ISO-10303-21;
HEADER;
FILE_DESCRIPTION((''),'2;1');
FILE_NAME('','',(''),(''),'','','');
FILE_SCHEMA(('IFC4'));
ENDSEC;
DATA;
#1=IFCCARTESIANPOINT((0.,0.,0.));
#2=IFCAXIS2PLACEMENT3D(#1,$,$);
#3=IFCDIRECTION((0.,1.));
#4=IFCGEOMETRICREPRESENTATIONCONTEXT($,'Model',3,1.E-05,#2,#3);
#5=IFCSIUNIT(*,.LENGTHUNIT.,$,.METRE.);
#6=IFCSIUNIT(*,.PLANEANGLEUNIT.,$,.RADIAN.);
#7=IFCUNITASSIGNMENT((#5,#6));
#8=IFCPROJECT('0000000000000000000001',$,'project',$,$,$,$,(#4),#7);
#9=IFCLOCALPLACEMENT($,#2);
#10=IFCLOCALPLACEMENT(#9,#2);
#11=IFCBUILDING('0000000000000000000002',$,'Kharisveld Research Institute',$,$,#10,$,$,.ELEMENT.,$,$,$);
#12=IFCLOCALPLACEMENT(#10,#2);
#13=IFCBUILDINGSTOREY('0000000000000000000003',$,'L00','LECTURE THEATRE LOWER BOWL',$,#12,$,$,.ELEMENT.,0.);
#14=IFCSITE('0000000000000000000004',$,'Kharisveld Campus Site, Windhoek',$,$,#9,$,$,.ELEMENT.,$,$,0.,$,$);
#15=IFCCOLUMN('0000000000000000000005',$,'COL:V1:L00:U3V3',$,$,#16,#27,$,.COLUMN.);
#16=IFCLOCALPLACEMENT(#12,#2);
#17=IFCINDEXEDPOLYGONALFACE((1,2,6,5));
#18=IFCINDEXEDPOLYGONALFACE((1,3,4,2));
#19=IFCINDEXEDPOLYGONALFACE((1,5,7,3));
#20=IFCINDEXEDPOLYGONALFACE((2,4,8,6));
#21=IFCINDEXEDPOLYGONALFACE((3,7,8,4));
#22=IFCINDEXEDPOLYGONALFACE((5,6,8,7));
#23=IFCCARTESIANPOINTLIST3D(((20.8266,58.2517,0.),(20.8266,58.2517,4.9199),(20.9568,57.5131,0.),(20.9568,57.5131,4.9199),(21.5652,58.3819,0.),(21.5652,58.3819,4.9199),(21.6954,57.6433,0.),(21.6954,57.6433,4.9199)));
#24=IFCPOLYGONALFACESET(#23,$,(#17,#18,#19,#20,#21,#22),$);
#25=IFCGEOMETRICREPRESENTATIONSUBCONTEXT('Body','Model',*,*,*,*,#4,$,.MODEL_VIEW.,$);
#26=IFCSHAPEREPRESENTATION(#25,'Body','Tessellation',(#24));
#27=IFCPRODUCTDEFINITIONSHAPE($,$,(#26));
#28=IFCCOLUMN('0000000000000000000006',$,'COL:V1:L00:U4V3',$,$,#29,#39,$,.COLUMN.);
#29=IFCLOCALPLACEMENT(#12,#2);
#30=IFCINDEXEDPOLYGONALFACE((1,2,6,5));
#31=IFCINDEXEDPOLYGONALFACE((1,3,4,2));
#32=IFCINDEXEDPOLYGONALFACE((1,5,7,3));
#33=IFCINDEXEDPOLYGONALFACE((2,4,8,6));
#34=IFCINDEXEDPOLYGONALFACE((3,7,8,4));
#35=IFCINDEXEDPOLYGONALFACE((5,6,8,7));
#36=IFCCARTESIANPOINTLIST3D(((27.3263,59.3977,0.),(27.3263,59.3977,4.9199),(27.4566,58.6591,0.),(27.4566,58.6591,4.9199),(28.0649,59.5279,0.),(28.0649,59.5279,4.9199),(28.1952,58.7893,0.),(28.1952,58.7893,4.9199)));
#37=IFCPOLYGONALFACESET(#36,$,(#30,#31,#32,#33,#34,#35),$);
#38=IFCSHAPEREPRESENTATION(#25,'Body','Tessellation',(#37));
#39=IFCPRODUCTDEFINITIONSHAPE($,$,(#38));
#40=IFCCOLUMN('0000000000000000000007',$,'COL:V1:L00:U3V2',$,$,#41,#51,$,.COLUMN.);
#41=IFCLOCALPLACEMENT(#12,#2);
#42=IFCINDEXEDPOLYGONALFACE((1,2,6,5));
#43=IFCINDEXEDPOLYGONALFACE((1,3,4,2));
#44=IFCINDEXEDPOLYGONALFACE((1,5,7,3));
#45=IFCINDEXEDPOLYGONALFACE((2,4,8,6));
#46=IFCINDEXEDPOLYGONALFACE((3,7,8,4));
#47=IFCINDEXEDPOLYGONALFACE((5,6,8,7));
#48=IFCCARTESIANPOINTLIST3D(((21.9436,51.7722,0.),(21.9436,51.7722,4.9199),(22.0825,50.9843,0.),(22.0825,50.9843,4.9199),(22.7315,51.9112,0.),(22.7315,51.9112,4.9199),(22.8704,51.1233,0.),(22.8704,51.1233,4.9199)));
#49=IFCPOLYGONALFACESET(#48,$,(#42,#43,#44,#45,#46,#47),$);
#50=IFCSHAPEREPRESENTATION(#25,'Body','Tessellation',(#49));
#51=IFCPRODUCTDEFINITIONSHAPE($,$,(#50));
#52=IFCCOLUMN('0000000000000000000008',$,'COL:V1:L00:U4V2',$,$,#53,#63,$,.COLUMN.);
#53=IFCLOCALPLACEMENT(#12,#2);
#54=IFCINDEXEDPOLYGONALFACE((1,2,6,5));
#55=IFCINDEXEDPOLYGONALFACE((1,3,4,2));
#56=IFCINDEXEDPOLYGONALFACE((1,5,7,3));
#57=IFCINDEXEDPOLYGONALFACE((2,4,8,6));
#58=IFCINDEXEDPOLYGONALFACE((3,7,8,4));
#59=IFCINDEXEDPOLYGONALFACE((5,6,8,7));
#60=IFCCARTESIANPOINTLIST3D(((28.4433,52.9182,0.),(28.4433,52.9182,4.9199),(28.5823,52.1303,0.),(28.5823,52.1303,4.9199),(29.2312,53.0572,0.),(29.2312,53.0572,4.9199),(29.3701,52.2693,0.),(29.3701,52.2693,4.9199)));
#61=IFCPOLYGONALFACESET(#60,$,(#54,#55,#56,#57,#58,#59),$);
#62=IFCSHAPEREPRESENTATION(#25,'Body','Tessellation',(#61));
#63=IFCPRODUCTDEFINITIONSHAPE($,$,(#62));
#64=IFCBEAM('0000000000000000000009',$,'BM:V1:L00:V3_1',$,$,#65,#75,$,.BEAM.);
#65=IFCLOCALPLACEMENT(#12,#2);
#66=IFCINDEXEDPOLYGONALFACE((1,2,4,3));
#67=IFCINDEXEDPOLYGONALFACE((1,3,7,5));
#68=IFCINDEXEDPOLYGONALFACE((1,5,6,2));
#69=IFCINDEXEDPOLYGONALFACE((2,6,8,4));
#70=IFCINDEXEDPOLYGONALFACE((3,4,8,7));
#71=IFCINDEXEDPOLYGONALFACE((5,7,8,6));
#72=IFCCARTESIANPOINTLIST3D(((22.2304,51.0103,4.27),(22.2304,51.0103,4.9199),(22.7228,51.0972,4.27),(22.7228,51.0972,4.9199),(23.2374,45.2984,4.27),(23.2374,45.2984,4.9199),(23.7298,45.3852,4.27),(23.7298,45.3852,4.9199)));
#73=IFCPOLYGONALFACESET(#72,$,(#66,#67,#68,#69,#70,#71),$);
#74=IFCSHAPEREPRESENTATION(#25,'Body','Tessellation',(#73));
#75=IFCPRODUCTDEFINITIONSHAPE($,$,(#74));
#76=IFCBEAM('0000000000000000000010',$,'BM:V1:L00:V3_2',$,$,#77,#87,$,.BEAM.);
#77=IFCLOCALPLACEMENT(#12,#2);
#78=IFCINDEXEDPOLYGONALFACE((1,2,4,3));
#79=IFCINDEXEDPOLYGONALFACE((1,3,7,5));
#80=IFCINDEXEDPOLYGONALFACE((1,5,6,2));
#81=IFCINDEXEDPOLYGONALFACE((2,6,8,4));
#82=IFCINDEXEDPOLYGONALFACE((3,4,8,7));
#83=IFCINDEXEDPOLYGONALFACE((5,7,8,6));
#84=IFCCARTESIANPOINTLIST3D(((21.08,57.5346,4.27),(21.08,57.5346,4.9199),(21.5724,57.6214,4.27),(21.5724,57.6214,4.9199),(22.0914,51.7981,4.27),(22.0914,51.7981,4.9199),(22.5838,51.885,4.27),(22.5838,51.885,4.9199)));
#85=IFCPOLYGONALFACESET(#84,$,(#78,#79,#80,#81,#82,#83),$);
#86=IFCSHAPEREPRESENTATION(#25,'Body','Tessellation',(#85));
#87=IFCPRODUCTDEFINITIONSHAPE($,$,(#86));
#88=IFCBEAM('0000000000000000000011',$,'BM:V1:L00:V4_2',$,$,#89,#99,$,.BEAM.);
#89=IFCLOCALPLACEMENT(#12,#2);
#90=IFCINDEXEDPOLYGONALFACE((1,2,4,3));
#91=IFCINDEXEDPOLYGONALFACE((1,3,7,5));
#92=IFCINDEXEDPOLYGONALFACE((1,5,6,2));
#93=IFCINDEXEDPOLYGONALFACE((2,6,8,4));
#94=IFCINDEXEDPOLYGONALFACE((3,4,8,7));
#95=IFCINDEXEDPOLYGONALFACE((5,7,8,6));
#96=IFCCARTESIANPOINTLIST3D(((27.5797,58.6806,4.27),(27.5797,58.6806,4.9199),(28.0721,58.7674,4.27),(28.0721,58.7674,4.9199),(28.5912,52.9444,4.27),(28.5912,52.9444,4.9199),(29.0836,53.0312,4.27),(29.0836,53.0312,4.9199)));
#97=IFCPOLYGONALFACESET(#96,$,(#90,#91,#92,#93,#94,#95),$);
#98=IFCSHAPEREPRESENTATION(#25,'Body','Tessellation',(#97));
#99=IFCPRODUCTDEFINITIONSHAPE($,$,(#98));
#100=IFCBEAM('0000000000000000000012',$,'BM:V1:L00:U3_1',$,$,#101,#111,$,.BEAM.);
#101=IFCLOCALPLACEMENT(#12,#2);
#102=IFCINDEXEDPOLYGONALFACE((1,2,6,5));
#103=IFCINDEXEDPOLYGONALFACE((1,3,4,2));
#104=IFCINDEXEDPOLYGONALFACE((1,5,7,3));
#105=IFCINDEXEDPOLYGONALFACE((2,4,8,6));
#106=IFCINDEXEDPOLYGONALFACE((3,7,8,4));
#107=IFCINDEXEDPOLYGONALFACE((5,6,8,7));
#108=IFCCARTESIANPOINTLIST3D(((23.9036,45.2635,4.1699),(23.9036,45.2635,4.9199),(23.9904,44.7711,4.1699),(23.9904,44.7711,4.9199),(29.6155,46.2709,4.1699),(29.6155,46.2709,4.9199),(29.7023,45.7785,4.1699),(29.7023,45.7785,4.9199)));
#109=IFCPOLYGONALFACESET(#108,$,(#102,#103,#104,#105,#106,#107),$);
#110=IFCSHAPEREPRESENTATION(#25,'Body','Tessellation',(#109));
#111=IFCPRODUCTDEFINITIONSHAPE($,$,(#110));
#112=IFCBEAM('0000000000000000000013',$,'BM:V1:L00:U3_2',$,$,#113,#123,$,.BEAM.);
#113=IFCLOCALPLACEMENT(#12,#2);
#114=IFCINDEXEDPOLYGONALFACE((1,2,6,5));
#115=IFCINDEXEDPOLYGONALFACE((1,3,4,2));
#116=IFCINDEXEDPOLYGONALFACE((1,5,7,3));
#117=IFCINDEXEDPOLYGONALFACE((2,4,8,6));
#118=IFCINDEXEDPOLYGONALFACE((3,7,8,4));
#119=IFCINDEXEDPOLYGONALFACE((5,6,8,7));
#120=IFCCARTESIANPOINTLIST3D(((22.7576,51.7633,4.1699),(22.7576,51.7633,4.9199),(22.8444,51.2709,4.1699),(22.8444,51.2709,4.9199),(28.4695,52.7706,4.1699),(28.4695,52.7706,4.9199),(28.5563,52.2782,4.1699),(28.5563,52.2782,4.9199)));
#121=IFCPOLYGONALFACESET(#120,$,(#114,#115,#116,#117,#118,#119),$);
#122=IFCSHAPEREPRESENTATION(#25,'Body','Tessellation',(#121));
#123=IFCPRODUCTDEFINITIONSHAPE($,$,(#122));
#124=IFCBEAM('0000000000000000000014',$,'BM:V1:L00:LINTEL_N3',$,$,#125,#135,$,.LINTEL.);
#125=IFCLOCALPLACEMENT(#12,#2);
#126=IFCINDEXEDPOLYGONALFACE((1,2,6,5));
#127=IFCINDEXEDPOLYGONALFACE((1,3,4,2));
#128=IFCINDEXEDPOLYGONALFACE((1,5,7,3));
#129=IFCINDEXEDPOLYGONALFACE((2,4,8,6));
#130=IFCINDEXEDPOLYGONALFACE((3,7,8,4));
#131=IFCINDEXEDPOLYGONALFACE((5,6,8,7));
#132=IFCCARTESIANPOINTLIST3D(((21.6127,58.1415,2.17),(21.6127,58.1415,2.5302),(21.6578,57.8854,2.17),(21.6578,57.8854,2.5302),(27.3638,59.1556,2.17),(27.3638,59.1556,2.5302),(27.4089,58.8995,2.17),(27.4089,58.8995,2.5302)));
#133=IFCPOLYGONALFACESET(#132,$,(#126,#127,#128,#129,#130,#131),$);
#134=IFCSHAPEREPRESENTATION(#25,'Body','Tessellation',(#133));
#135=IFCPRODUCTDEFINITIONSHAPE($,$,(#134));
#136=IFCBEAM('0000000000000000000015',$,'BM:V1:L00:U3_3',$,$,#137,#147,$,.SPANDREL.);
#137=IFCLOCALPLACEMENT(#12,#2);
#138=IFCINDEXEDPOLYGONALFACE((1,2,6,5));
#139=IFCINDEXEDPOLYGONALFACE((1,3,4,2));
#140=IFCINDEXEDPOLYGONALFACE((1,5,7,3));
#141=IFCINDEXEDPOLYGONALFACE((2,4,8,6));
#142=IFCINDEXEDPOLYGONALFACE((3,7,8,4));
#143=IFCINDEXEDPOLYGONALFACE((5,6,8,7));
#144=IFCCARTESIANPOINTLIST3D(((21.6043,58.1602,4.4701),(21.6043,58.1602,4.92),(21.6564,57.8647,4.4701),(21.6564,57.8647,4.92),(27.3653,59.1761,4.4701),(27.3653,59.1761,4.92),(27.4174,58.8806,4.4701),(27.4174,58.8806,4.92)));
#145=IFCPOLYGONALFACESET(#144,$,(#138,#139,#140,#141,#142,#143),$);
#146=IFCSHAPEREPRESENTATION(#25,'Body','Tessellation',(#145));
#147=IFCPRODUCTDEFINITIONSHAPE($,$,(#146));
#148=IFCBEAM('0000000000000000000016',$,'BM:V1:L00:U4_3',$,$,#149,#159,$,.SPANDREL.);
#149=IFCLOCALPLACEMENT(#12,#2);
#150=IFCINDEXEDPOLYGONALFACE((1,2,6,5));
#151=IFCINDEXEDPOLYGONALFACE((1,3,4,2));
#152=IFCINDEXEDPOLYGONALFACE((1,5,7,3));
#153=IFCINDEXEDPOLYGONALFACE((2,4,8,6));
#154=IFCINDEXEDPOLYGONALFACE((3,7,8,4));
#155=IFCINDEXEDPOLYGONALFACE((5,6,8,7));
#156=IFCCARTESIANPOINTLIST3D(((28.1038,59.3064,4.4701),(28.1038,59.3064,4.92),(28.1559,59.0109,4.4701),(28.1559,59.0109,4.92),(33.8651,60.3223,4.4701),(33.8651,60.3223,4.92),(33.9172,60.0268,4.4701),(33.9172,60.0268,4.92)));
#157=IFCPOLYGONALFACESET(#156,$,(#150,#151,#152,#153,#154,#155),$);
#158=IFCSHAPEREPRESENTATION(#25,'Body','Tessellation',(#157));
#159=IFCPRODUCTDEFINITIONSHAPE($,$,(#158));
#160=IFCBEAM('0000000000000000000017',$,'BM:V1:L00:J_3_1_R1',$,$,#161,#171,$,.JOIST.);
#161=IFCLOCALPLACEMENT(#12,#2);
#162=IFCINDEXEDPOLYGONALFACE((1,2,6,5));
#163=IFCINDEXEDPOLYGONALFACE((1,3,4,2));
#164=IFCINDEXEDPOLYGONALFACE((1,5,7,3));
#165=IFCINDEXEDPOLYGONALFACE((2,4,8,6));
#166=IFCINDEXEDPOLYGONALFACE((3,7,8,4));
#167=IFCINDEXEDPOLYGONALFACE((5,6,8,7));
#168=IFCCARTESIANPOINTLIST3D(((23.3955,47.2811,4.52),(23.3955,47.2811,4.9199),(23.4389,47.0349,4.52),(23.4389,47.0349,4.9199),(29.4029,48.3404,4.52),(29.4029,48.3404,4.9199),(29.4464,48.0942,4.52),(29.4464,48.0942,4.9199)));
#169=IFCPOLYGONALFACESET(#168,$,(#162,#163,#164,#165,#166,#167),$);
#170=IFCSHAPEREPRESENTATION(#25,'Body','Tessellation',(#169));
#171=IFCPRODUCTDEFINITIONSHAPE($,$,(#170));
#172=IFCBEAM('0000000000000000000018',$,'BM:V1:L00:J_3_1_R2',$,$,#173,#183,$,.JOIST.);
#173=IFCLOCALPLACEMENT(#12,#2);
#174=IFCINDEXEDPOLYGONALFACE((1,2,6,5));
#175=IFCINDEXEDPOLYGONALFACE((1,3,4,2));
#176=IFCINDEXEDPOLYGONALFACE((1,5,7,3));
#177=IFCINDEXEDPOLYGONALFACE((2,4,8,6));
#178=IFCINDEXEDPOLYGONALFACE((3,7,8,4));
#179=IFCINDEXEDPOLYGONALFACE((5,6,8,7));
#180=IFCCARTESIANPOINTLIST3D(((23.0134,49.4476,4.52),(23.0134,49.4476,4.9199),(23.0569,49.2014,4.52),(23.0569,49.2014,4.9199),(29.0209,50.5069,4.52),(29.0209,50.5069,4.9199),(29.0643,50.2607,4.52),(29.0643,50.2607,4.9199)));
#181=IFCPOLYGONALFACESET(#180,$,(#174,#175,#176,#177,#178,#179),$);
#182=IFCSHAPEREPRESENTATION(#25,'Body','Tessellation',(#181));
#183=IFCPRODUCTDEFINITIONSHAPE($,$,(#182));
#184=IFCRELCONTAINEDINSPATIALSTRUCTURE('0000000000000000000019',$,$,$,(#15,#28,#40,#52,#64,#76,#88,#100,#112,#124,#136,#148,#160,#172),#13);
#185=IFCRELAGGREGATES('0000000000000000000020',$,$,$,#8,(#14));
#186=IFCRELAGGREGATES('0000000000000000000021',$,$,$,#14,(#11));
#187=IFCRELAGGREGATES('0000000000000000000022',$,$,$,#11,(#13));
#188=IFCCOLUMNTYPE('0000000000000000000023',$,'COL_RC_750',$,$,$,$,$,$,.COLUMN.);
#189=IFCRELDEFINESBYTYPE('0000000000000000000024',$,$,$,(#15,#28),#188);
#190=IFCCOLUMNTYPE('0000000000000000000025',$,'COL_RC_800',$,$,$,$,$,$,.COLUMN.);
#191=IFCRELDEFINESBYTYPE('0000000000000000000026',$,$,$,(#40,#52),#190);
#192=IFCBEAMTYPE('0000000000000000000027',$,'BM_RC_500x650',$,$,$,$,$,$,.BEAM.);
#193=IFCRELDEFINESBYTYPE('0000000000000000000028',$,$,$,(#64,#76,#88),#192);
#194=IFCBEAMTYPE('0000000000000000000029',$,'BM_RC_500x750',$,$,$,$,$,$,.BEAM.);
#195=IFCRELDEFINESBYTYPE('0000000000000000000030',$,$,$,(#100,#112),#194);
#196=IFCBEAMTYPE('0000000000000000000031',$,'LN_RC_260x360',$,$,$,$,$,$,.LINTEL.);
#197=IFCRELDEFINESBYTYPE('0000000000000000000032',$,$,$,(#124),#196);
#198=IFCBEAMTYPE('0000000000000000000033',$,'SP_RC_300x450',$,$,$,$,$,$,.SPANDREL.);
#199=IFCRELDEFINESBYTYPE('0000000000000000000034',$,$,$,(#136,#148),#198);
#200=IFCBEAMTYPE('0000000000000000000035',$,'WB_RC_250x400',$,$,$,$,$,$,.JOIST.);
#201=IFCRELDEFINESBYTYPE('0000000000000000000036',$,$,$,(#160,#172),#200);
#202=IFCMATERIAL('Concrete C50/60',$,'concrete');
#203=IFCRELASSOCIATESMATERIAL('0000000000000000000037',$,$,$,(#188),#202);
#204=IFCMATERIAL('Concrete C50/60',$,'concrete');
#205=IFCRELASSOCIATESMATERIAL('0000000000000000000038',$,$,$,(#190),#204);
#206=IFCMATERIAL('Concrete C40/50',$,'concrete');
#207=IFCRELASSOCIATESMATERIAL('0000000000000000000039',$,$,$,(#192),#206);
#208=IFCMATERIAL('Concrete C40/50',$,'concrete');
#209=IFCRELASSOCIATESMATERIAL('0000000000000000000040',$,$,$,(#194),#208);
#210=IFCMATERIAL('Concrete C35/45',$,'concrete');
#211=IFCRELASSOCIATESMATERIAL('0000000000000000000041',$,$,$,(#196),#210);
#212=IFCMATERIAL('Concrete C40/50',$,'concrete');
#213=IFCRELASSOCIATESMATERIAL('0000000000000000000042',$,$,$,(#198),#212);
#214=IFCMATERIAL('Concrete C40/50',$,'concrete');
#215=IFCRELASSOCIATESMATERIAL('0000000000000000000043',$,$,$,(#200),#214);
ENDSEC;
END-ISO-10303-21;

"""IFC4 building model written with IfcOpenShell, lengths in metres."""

from ifc_helpers import new_model, si_unit, direction, frame, origin, origin_2d, place, context, subcontext, project, spatial, rectangle, extrude, material, material_profile, profile_set, type_object, element, save


model = new_model("IFC4")

# Units and contexts
model_context = context("Model", 3, precision=1e-05, world=origin(), true_north=direction((0.0, 1.0)))
body_context = subcontext(model_context, "Body", "Model", "MODEL_VIEW")
ifc_project = project(units=[si_unit("LENGTHUNIT", "METRE"), si_unit("PLANEANGLEUNIT", "RADIAN")], contexts=[model_context])

# Site, building, storey
site_placement = place(None, origin())
site = spatial("IfcSite", under=ifc_project, at=site_placement, Name="Kharisveld Campus Site, Windhoek", CompositionType="ELEMENT", RefElevation=0.0)
building_placement = place(site_placement, origin())
building = spatial("IfcBuilding", under=site, at=building_placement, Name="Kharisveld Research Institute", CompositionType="ELEMENT")
storey_placement = place(building_placement, origin())
storey = spatial("IfcBuildingStorey", under=building, at=storey_placement, Name="L00", Description="LECTURE THEATRE LOWER BOWL", CompositionType="ELEMENT", Elevation=0.0)

# Columns
ifc_material_1 = material(Name="Concrete C50/60", Category="concrete")
ifc_material_profile_1 = material_profile(ifc_material_1, rectangle(XDim=0.75, YDim=0.75, at=origin_2d()))
ifc_profile_set_1 = profile_set([ifc_material_profile_1], Name="Concrete C50/60")
column_type_1 = type_object("IfcColumnType", Name="COL_RC_750", PredefinedType="COLUMN", material=ifc_profile_set_1)
for number, where, z_axis, x_axis, name in (
    (1, (21.261, 57.9475, 0.0), (0.0, 0.0, 1.0), (0.984808, 0.173648, 0.0), "COL:V1:L00:U3V3"),
    (2, (27.7607, 59.0935, 0.0), (0.0, 0.0, 1.0), (0.984808, 0.173648, 0.0), "COL:V1:L00:U4V3"),
):
    element("IfcColumn", number, at=place(storey_placement, frame(where, z_axis=z_axis, x_axis=x_axis)), inside=storey, type_object=column_type_1, Name=name, PredefinedType="COLUMN", context=body_context, shape_type="SweptSolid", body=[
        extrude(rectangle(XDim=0.75, YDim=0.75, at=origin_2d()), origin(), (0.0, 0.0, 1.0), 4.9199),
    ])
ifc_material_2 = material(Name="Concrete C50/60", Category="concrete")
ifc_material_profile_2 = material_profile(ifc_material_2, rectangle(XDim=0.8, YDim=0.8, at=origin_2d()))
ifc_profile_set_2 = profile_set([ifc_material_profile_2], Name="Concrete C50/60")
column_type_2 = type_object("IfcColumnType", Name="COL_RC_800", PredefinedType="COLUMN", material=ifc_profile_set_2)
for number, where, z_axis, x_axis, name in (
    (3, (22.407, 51.4478, 0.0), (0.0, 0.0, 1.0), (0.984808, 0.173648, 0.0), "COL:V1:L00:U3V2"),
    (4, (28.9067, 52.5938, 0.0), (0.0, 0.0, 1.0), (0.984808, 0.173648, 0.0), "COL:V1:L00:U4V2"),
):
    element("IfcColumn", number, at=place(storey_placement, frame(where, z_axis=z_axis, x_axis=x_axis)), inside=storey, type_object=column_type_2, Name=name, PredefinedType="COLUMN", context=body_context, shape_type="SweptSolid", body=[
        extrude(rectangle(XDim=0.8, YDim=0.8, at=origin_2d()), origin(), (0.0, 0.0, 1.0), 4.9199),
    ])

# Beams
ifc_material_3 = material(Name="Concrete C40/50", Category="concrete")
ifc_material_profile_3 = material_profile(ifc_material_3, rectangle(XDim=0.5, YDim=0.6499, at=origin_2d()))
ifc_profile_set_3 = profile_set([ifc_material_profile_3], Name="Concrete C40/50")
beam_type_1 = type_object("IfcBeamType", Name="BM_RC_500x650", PredefinedType="BEAM", material=ifc_profile_set_3)
beam_1_placement = place(storey_placement, frame((23.4836, 45.3418, 4.595), z_axis=(-0.173634, 0.98481, 0.0), x_axis=(-0.98481, -0.173634, 0.0)))
element("IfcBeam", 5, at=beam_1_placement, inside=storey, type_object=beam_type_1, Name="BM:V1:L00:V3_1", PredefinedType="BEAM", context=body_context, shape_type="SweptSolid", body=[
    extrude(rectangle(XDim=0.5, YDim=0.6499, at=origin_2d()), origin(), (0.0, 0.0, 1.0), 5.8),
])
beam_2_placement = place(storey_placement, frame((22.3376, 51.8416, 4.595), z_axis=(-0.173642, 0.984809, 0.0), x_axis=(-0.984809, -0.173642, 0.0)))
element("IfcBeam", 6, at=beam_2_placement, inside=storey, type_object=beam_type_1, Name="BM:V1:L00:V3_2", PredefinedType="BEAM", context=body_context, shape_type="SweptSolid", body=[
    extrude(rectangle(XDim=0.5, YDim=0.6499, at=origin_2d()), origin(), (0.0, 0.0, 1.0), 5.825),
])
beam_3_placement = place(storey_placement, frame((28.8374, 52.9878, 4.595), z_axis=(-0.173649, 0.984808, 0.0), x_axis=(-0.984808, -0.173649, 0.0)))
element("IfcBeam", 7, at=beam_3_placement, inside=storey, type_object=beam_type_1, Name="BM:V1:L00:V4_2", PredefinedType="BEAM", context=body_context, shape_type="SweptSolid", body=[
    extrude(rectangle(XDim=0.5, YDim=0.6499, at=origin_2d()), origin(), (0.0, 0.0, 1.0), 5.8247),
])
ifc_material_4 = material(Name="Concrete C40/50", Category="concrete")
ifc_material_profile_4 = material_profile(ifc_material_4, rectangle(XDim=0.5, YDim=0.75, at=origin_2d()))
ifc_profile_set_4 = profile_set([ifc_material_profile_4], Name="Concrete C40/50")
beam_type_2 = type_object("IfcBeamType", Name="BM_RC_500x750", PredefinedType="BEAM", material=ifc_profile_set_4)
for number, where, z_axis, x_axis, name in (
    (8, (23.947, 45.0173, 4.5449), (0.984803, 0.173675, 0.0), (-0.173675, 0.984803, 0.0), "BM:V1:L00:U3_1"),
    (9, (22.801, 51.5171, 4.5449), (0.984803, 0.173675, 0.0), (-0.173675, 0.984803, 0.0), "BM:V1:L00:U3_2"),
):
    element("IfcBeam", number, at=place(storey_placement, frame(where, z_axis=z_axis, x_axis=x_axis)), inside=storey, type_object=beam_type_2, Name=name, PredefinedType="BEAM", context=body_context, shape_type="SweptSolid", body=[
        extrude(rectangle(XDim=0.5, YDim=0.75, at=origin_2d()), origin(), (0.0, 0.0, 1.0), 5.8),
    ])
ifc_material_5 = material(Name="Concrete C35/45", Category="concrete")
ifc_material_profile_5 = material_profile(ifc_material_5, rectangle(XDim=0.26, YDim=0.3601, at=origin_2d()))
ifc_profile_set_5 = profile_set([ifc_material_profile_5], Name="Concrete C35/45")
beam_type_3 = type_object("IfcBeamType", Name="LN_RC_260x360", PredefinedType="LINTEL", material=ifc_profile_set_5)
beam_4_placement = place(storey_placement, frame((21.6353, 58.0134, 2.3501), z_axis=(0.984806, 0.173659, 0.0), x_axis=(-0.173659, 0.984806, 0.0)))
element("IfcBeam", 10, at=beam_4_placement, inside=storey, type_object=beam_type_3, Name="BM:V1:L00:LINTEL_N3", PredefinedType="LINTEL", context=body_context, shape_type="SweptSolid", body=[
    extrude(rectangle(XDim=0.26, YDim=0.3601, at=origin_2d()), origin(), (0.0, 0.0, 1.0), 5.8398),
])
ifc_material_6 = material(Name="Concrete C40/50", Category="concrete")
ifc_material_profile_6 = material_profile(ifc_material_6, rectangle(XDim=0.3, YDim=0.45, at=origin_2d()))
ifc_profile_set_6 = profile_set([ifc_material_profile_6], Name="Concrete C40/50")
beam_type_4 = type_object("IfcBeamType", Name="SP_RC_300x450", PredefinedType="SPANDREL", material=ifc_profile_set_6)
beam_5_placement = place(storey_placement, frame((21.6304, 58.0125, 4.6951), z_axis=(0.984806, 0.173657, 0.0), x_axis=(-0.173657, 0.984806, 0.0)))
element("IfcBeam", 11, at=beam_5_placement, inside=storey, type_object=beam_type_4, Name="BM:V1:L00:U3_3", PredefinedType="SPANDREL", context=body_context, shape_type="SweptSolid", body=[
    extrude(rectangle(XDim=0.3, YDim=0.45, at=origin_2d()), origin(), (0.0, 0.0, 1.0), 5.8499),
])
beam_6_placement = place(storey_placement, frame((28.1299, 59.1587, 4.6951), z_axis=(0.984807, 0.17365, 0.0), x_axis=(-0.17365, 0.984807, 0.0)))
element("IfcBeam", 12, at=beam_6_placement, inside=storey, type_object=beam_type_4, Name="BM:V1:L00:U4_3", PredefinedType="SPANDREL", context=body_context, shape_type="SweptSolid", body=[
    extrude(rectangle(XDim=0.3, YDim=0.45, at=origin_2d()), origin(), (0.0, 0.0, 1.0), 5.8501),
])
ifc_material_7 = material(Name="Concrete C40/50", Category="concrete")
ifc_material_profile_7 = material_profile(ifc_material_7, rectangle(XDim=0.25, YDim=0.3999, at=origin_2d()))
ifc_profile_set_7 = profile_set([ifc_material_profile_7], Name="Concrete C40/50")
beam_type_5 = type_object("IfcBeamType", Name="WB_RC_250x400", PredefinedType="JOIST", material=ifc_profile_set_7)
for number, where, z_axis, x_axis, name in (
    (13, (23.4172, 47.158, 4.72), (0.984806, 0.17366, 0.0), (-0.17366, 0.984806, 0.0), "BM:V1:L00:J_3_1_R1"),
    (14, (23.0352, 49.3245, 4.72), (0.984806, 0.17366, 0.0), (-0.17366, 0.984806, 0.0), "BM:V1:L00:J_3_1_R2"),
):
    element("IfcBeam", number, at=place(storey_placement, frame(where, z_axis=z_axis, x_axis=x_axis)), inside=storey, type_object=beam_type_5, Name=name, PredefinedType="JOIST", context=body_context, shape_type="SweptSolid", body=[
        extrude(rectangle(XDim=0.25, YDim=0.3999, at=origin_2d()), origin(), (0.0, 0.0, 1.0), 6.1001),
    ])

save(model, "model.ifc")
